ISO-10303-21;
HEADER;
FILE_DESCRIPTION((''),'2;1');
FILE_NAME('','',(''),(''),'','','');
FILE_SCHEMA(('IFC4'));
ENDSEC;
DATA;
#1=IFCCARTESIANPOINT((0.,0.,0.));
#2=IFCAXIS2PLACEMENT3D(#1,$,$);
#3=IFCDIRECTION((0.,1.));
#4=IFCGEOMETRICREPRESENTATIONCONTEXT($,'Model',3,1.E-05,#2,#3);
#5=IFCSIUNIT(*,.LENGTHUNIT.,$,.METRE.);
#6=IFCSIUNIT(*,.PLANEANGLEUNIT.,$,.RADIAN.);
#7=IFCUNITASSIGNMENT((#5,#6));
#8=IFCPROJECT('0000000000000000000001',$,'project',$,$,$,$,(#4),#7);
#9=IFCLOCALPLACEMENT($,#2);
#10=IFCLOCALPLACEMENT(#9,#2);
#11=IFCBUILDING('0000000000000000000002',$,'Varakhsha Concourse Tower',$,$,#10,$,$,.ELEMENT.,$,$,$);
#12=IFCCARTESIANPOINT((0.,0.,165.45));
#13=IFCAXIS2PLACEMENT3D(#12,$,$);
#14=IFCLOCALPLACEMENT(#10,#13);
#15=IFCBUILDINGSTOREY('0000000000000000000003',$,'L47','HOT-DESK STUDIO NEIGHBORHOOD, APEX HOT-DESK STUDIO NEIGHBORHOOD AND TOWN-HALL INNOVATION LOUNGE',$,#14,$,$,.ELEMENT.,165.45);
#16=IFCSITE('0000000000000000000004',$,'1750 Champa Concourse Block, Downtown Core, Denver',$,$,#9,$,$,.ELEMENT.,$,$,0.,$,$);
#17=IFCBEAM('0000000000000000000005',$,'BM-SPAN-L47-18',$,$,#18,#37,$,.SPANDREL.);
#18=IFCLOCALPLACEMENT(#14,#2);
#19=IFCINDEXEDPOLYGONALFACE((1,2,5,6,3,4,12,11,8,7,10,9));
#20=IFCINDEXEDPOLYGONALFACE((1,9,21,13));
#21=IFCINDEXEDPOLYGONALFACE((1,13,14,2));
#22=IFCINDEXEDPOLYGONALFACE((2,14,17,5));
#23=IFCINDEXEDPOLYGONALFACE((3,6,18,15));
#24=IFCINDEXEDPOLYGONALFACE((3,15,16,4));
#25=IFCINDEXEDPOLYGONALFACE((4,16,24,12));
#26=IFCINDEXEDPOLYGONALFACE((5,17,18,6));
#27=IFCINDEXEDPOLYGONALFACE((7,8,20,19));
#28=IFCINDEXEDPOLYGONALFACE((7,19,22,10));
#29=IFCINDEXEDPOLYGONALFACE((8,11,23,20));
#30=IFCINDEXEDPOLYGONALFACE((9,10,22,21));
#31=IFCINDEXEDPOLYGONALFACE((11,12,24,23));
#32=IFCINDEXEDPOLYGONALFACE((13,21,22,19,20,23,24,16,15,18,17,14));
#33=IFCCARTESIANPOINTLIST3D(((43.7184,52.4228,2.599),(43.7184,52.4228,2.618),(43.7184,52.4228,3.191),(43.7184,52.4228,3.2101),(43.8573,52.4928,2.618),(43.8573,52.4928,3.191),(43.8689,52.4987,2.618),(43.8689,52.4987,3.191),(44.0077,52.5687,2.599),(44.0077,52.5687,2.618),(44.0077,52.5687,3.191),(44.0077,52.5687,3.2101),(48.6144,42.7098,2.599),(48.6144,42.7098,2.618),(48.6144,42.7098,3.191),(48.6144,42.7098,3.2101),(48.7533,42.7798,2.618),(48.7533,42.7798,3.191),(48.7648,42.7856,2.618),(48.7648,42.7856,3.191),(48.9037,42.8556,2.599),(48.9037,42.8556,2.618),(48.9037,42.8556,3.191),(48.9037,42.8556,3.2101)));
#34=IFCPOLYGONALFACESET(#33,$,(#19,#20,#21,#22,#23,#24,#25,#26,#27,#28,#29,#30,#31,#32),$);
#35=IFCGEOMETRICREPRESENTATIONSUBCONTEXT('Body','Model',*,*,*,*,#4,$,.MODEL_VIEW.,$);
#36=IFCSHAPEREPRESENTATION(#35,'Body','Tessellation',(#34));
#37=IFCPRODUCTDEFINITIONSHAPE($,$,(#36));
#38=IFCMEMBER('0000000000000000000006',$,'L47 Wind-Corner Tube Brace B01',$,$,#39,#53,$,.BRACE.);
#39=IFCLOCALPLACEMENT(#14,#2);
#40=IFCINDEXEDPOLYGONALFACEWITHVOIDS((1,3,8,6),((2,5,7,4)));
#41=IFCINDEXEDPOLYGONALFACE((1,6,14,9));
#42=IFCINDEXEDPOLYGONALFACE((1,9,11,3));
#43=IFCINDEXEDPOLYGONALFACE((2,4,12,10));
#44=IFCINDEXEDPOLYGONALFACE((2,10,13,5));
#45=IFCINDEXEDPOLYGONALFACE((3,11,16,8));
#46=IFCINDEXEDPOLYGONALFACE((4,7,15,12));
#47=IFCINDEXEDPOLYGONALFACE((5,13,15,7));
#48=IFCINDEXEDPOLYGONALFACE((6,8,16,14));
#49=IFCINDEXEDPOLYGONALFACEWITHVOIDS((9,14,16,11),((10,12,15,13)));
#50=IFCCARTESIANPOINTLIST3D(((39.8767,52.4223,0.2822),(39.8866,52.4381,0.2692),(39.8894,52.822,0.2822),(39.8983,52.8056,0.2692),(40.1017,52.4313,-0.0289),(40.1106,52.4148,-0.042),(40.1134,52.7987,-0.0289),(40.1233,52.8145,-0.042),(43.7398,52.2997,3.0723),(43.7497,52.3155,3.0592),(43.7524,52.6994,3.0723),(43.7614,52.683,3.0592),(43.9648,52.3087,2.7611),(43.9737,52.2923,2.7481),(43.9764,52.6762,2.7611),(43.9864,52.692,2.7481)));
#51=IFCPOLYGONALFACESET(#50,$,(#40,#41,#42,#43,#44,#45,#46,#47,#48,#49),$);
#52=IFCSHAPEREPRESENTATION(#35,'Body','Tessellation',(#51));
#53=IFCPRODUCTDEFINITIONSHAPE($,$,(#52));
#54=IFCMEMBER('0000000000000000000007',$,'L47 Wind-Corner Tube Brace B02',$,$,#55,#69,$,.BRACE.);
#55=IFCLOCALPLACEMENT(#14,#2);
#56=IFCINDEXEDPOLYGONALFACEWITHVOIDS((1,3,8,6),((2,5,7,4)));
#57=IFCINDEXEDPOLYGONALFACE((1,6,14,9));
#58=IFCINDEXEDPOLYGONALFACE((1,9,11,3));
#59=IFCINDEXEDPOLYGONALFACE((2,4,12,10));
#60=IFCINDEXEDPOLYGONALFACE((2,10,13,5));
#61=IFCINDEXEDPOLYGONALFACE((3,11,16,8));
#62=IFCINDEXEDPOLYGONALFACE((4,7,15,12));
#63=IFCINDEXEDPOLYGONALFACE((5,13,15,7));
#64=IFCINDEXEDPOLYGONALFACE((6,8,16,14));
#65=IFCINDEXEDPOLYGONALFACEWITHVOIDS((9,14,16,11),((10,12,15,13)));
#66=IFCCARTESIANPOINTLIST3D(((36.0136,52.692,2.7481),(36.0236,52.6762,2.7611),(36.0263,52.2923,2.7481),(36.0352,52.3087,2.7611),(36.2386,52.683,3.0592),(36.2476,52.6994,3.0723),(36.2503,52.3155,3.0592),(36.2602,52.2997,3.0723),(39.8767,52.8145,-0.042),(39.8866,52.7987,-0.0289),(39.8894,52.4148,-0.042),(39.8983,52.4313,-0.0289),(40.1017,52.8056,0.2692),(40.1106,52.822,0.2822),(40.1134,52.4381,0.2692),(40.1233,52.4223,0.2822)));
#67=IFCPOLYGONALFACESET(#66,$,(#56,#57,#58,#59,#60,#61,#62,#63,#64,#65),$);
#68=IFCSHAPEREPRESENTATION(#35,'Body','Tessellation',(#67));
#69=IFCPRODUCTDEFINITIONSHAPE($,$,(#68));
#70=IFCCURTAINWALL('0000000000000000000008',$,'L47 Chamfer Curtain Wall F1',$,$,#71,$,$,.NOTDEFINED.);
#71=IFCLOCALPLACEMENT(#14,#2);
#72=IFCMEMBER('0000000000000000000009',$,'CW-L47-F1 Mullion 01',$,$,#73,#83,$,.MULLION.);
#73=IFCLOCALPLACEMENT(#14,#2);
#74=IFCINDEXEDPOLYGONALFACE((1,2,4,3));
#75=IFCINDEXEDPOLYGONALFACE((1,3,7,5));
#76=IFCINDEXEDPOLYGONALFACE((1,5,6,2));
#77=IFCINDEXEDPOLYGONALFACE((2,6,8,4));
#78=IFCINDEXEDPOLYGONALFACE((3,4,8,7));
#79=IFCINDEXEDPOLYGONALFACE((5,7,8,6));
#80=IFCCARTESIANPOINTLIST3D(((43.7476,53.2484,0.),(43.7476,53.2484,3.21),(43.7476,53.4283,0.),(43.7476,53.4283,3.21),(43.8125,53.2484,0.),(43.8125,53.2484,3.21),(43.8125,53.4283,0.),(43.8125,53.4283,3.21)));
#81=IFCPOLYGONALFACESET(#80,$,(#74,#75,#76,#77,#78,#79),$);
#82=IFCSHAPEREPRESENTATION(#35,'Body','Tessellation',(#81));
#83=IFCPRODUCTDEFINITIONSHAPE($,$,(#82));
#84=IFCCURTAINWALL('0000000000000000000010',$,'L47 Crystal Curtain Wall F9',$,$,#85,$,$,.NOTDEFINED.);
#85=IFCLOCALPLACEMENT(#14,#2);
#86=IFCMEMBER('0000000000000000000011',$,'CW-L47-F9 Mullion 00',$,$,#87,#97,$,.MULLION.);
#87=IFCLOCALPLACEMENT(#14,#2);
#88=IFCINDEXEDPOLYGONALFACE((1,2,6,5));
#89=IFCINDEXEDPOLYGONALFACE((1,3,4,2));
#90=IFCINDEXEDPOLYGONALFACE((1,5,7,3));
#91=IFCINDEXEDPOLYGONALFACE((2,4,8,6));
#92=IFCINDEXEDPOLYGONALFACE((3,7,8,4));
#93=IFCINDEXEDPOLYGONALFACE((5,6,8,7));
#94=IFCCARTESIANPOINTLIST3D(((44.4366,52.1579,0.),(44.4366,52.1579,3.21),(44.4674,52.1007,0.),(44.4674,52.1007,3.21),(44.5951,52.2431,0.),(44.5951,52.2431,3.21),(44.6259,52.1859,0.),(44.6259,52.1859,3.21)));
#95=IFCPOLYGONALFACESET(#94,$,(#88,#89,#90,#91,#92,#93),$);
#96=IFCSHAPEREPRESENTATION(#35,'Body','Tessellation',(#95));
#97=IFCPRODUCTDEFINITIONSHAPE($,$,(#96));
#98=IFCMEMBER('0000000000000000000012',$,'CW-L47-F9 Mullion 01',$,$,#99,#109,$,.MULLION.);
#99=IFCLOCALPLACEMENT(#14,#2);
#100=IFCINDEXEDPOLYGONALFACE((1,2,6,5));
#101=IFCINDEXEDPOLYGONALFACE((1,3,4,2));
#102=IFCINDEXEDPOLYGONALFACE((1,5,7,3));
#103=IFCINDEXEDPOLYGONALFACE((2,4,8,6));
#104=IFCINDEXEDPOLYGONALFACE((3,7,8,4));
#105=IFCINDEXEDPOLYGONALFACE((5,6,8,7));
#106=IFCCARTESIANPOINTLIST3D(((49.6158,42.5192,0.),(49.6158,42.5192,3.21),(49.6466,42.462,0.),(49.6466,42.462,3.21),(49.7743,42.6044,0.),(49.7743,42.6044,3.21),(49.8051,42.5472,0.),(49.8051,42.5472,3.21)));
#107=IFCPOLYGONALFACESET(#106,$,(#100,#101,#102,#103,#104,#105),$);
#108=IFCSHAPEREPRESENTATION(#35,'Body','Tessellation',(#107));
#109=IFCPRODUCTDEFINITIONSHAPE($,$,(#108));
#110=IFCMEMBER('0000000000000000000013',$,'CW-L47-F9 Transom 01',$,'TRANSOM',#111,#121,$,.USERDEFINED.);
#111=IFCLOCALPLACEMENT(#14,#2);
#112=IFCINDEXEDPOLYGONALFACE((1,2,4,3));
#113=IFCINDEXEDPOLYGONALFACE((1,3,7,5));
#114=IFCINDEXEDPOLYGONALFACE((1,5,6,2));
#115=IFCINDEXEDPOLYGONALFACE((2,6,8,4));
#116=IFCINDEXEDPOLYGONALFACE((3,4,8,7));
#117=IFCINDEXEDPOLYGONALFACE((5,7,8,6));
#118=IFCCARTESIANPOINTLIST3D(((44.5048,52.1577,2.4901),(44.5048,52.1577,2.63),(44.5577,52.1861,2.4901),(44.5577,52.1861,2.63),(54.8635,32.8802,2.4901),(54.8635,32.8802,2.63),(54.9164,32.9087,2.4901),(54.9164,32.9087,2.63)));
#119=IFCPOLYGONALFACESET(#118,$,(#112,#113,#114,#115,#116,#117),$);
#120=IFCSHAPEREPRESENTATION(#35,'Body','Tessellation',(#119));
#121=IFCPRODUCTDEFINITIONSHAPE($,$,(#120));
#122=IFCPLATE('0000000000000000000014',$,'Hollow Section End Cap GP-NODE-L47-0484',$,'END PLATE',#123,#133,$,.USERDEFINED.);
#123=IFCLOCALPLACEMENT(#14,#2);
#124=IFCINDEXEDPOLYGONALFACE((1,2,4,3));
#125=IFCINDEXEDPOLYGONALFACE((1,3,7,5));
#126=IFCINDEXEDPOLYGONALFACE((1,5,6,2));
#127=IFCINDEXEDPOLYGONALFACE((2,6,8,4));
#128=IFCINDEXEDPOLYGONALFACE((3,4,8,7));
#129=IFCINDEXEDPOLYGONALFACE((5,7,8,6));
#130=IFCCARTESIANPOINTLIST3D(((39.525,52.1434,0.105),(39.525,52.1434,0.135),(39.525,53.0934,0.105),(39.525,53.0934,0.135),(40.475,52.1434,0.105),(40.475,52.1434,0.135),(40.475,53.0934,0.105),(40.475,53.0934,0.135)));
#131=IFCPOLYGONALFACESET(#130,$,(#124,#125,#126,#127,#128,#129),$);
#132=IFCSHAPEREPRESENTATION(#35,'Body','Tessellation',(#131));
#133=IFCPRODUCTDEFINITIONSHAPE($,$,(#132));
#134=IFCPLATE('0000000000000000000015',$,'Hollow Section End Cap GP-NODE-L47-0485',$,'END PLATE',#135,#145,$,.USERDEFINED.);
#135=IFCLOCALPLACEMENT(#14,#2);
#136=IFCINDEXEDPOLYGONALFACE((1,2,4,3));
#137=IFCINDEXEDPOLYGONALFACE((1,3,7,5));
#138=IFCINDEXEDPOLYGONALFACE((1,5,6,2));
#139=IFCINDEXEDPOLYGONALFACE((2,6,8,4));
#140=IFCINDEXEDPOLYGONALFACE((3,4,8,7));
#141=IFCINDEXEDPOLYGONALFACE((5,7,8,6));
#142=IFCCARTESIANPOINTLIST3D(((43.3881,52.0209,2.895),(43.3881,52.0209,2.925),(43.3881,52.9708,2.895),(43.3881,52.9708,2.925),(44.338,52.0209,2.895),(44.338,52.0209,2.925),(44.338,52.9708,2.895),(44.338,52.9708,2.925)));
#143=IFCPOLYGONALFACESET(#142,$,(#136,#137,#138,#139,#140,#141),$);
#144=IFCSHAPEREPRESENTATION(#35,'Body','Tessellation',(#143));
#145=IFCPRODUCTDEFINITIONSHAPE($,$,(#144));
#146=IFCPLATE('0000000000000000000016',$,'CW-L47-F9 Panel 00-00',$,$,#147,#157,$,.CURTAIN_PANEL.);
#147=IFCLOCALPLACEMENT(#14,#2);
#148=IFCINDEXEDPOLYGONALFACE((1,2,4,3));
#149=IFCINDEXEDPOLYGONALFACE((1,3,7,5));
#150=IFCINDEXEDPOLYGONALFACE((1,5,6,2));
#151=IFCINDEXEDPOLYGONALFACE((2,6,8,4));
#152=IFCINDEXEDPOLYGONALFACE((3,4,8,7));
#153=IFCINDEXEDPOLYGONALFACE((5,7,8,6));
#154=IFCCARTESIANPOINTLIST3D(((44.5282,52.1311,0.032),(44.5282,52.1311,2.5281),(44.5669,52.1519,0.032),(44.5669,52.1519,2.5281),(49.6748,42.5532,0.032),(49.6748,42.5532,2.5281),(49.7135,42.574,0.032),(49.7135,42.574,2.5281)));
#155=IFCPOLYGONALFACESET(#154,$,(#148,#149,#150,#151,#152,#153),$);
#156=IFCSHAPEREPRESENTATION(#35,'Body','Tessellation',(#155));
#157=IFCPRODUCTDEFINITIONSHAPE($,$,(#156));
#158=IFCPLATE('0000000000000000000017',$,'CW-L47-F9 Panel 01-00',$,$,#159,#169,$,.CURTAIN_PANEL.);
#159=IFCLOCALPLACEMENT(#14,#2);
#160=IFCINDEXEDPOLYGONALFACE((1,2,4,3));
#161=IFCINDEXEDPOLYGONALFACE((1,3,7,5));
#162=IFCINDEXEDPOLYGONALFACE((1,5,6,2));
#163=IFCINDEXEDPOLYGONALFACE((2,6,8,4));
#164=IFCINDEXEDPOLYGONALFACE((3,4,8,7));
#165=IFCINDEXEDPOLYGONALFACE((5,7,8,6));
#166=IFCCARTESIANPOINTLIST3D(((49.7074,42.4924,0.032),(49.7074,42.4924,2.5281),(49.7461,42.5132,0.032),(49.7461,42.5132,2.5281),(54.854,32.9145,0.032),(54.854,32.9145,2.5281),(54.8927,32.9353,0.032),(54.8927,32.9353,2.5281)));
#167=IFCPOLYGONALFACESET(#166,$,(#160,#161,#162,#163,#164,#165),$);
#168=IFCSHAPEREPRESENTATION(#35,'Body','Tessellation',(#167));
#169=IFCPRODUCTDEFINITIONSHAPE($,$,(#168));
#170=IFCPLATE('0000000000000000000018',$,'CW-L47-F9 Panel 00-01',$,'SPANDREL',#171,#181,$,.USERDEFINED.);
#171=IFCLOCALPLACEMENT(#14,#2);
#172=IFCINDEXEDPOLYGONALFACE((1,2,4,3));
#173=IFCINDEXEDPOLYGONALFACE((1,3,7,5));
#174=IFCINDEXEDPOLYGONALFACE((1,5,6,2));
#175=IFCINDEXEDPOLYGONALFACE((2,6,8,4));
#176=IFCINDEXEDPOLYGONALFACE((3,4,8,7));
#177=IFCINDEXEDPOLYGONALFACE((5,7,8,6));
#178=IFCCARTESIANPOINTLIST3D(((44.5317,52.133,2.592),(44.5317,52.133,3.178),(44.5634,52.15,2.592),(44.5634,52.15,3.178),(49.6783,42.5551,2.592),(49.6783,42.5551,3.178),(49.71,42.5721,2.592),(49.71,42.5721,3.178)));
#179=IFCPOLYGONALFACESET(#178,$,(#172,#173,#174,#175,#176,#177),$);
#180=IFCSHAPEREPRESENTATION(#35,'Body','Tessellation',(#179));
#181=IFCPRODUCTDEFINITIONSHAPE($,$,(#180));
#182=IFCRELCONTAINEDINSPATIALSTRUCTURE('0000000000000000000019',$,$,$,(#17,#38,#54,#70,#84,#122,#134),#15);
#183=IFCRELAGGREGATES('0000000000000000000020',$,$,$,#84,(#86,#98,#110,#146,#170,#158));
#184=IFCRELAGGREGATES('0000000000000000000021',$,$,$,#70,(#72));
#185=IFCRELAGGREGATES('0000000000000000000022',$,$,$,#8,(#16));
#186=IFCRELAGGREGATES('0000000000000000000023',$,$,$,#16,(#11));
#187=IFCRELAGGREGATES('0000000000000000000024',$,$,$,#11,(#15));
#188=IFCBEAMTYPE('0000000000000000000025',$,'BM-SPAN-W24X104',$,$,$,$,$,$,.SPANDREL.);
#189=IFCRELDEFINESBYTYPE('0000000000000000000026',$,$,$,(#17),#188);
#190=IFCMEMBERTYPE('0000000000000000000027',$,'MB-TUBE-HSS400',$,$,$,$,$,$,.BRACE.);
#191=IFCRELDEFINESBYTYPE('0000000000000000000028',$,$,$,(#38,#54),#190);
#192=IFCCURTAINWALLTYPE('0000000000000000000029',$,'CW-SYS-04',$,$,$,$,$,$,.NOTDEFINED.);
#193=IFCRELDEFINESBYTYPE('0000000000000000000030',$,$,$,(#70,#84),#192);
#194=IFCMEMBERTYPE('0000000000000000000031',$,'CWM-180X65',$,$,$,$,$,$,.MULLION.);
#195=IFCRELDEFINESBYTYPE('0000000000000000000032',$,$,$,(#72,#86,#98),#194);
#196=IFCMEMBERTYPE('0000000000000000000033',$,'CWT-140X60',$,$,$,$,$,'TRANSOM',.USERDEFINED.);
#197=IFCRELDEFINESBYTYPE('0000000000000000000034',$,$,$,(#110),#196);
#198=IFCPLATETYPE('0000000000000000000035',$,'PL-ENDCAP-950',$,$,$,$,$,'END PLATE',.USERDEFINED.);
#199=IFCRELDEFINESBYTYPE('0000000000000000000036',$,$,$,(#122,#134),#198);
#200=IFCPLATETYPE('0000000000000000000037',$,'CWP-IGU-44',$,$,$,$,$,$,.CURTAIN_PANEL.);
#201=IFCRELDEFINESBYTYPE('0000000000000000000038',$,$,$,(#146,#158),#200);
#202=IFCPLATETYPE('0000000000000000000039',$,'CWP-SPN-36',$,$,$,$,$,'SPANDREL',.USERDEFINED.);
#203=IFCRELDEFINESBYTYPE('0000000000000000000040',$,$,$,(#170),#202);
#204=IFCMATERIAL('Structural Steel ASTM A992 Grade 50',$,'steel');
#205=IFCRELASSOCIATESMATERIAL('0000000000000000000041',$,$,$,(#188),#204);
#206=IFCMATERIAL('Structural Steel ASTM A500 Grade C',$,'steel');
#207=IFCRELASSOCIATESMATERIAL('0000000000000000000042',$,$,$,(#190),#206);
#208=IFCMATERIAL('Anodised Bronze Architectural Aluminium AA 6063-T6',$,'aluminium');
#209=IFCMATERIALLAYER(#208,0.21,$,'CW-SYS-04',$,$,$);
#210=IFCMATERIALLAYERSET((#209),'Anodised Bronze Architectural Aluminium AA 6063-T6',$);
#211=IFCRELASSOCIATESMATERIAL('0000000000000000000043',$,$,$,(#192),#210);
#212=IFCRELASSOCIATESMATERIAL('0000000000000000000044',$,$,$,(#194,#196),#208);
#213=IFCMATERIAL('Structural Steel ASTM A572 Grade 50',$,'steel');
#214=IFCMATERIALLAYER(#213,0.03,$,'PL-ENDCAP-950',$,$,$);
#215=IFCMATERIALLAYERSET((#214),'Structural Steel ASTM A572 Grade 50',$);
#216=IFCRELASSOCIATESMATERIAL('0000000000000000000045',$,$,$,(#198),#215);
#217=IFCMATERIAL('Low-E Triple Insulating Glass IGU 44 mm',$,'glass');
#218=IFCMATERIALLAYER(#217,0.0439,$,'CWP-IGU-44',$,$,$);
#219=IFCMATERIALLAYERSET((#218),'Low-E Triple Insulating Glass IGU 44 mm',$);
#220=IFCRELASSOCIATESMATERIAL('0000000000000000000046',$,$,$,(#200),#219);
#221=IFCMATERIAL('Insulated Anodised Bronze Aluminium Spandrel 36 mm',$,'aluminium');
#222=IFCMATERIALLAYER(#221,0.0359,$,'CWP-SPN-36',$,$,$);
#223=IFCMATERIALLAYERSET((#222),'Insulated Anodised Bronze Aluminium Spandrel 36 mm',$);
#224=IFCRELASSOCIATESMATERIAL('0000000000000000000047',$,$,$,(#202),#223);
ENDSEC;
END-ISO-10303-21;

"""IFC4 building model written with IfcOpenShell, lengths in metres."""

from ifc_helpers import new_model, si_unit, direction, frame, origin, origin_2d, place, context, subcontext, project, spatial, rectangle, hollow_rectangle, i_section, extrude, source, transform, mapped, material, layer, layer_set, material_profile, profile_set, type_object, type_shapes, element, aggregate, save


model = new_model("IFC4")

# Units and contexts
model_context = context("Model", 3, precision=1e-05, world=origin(), true_north=direction((0.0, 1.0)))
body_context = subcontext(model_context, "Body", "Model", "MODEL_VIEW")
ifc_project = project(units=[si_unit("LENGTHUNIT", "METRE"), si_unit("PLANEANGLEUNIT", "RADIAN")], contexts=[model_context])

# Site, building, storey
site_placement = place(None, origin())
site = spatial("IfcSite", under=ifc_project, at=site_placement, Name="1750 Champa Concourse Block, Downtown Core, Denver", CompositionType="ELEMENT", RefElevation=0.0)
building_placement = place(site_placement, origin())
building = spatial("IfcBuilding", under=site, at=building_placement, Name="Varakhsha Concourse Tower", CompositionType="ELEMENT")
storey_placement = place(building_placement, frame((0.0, 0.0, 165.45)))
storey = spatial("IfcBuildingStorey", under=building, at=storey_placement, Name="L47", Description="HOT-DESK STUDIO NEIGHBORHOOD, APEX HOT-DESK STUDIO NEIGHBORHOOD AND TOWN-HALL INNOVATION LOUNGE", CompositionType="ELEMENT", Elevation=165.45)

# Shared definitions
ifc_material_1 = material(Name="Structural Steel ASTM A992 Grade 50", Category="steel")
ifc_material_2 = material(Name="Structural Steel ASTM A572 Grade 50", Category="steel")

# Beam
ifc_material_profile_1 = material_profile(ifc_material_1, i_section(OverallWidth=0.324, OverallDepth=0.6111, WebThickness=0.0129, FlangeThickness=0.019, at=origin_2d()), Name="W24X104")
ifc_profile_set_1 = profile_set([ifc_material_profile_1], Name="Structural Steel ASTM A992 Grade 50")
beam_type_1 = type_object("IfcBeamType", Name="BM-SPAN-W24X104", PredefinedType="SPANDREL", material=ifc_profile_set_1)
beam_1_placement = place(storey_placement, frame((48.759, 42.7827, 2.9045), z_axis=(-0.450111, 0.892973, 0.0), x_axis=(-0.892973, -0.450111, 0.0)))
element("IfcBeam", 1, at=beam_1_placement, inside=storey, type_object=beam_type_1, Name="BM-SPAN-L47-18", PredefinedType="SPANDREL", context=body_context, shape_type="SweptSolid", body=[
    extrude(i_section(OverallWidth=0.324, OverallDepth=0.6111, WebThickness=0.0129, FlangeThickness=0.019, at=origin_2d()), origin(), (0.0, 0.0, 1.0), 10.8772),
])

# Members
ifc_material_3 = material(Name="Structural Steel ASTM A500 Grade C", Category="steel")
ifc_material_profile_2 = material_profile(ifc_material_3, hollow_rectangle(XDim=0.3999, YDim=0.3999, WallThickness=0.0161, at=origin_2d()), Name="HSS 400x400x16")
ifc_profile_set_2 = profile_set([ifc_material_profile_2], Name="Structural Steel ASTM A500 Grade C")
member_type_1 = type_object("IfcMemberType", Name="MB-TUBE-HSS400", PredefinedType="BRACE", material=ifc_profile_set_2)
shared_shape_1 = source(origin(), body_context, "Body", "SweptSolid", [
    extrude(hollow_rectangle(XDim=0.3999, YDim=0.3999, WallThickness=0.0161, at=origin_2d()), origin(), (0.0, 0.0, 1.0), 4.7668),
])
type_shapes(member_type_1, [shared_shape_1])
for number, where, z_axis, x_axis, name in (
    (2, (40.0, 52.6184, 0.1201), (0.810404, -0.025711, 0.585306), (0.03171, 0.999497, 0.0), "L47 Wind-Corner Tube Brace B01"),
    (3, (40.0, 52.6184, 0.1201), (-0.810404, -0.025711, 0.585306), (0.03171, -0.999497, 0.0), "L47 Wind-Corner Tube Brace B02"),
):
    element("IfcMember", number, at=place(storey_placement, frame(where, z_axis=z_axis, x_axis=x_axis)), inside=storey, type_object=member_type_1, Name=name, PredefinedType="BRACE", context=body_context, shape_type="MappedRepresentation", body=[
        mapped(shared_shape_1, transform((0.0, 0.0, 0.0), scale=1.0)),
    ])

# Curtain wall, member
ifc_material_4 = material(Name="Anodised Bronze Architectural Aluminium AA 6063-T6", Category="aluminium")
ifc_layer_1 = layer(ifc_material_4, 0.21, Name="CW-SYS-04")
ifc_layer_set_1 = layer_set([ifc_layer_1], Name="Anodised Bronze Architectural Aluminium AA 6063-T6")
curtain_wall_type = type_object("IfcCurtainWallType", Name="CW-SYS-04", PredefinedType="NOTDEFINED", material=ifc_layer_set_1)
curtain_wall_1_placement = place(storey_placement, origin())
curtain_wall_1 = element("IfcCurtainWall", 4, at=curtain_wall_1_placement, inside=storey, type_object=curtain_wall_type, Name="L47 Chamfer Curtain Wall F1", PredefinedType="NOTDEFINED")
ifc_material_profile_3 = material_profile(ifc_material_4, rectangle(XDim=0.0649, YDim=0.1799, at=origin_2d()), Name="CWM-180X65")
ifc_profile_set_3 = profile_set([ifc_material_profile_3], Name="Anodised Bronze Architectural Aluminium AA 6063-T6")
member_type_2 = type_object("IfcMemberType", Name="CWM-180X65", PredefinedType="MULLION", material=ifc_profile_set_3)
shared_shape_2 = source(origin(), body_context, "Body", "SweptSolid", [
    extrude(rectangle(XDim=0.0649, YDim=0.1799, at=origin_2d()), origin(), (0.0, 0.0, 1.0), 3.21),
])
type_shapes(member_type_2, [shared_shape_2])
member_1_placement = place(storey_placement, frame((43.78, 53.3384, 0.0), z_axis=(0.0, 0.0, 1.0), x_axis=(1.0, 0.0, 0.0)))
member_1 = element("IfcMember", 5, at=member_1_placement, type_object=member_type_2, Name="CW-L47-F1 Mullion 01", PredefinedType="MULLION", context=body_context, shape_type="MappedRepresentation", body=[
    mapped(shared_shape_2, transform((0.0, 0.0, 0.0), scale=1.0)),
])

# Curtain wall, members
curtain_wall_2_placement = place(storey_placement, origin())
curtain_wall_2 = element("IfcCurtainWall", 6, at=curtain_wall_2_placement, inside=storey, type_object=curtain_wall_type, Name="L47 Crystal Curtain Wall F9", PredefinedType="NOTDEFINED")
member_2_placement = place(storey_placement, frame((44.5312, 52.1719, 0.0), z_axis=(0.0, 0.0, 1.0), x_axis=(0.473337, -0.880882, 0.0)))
member_2 = element("IfcMember", 7, at=member_2_placement, type_object=member_type_2, Name="CW-L47-F9 Mullion 00", PredefinedType="MULLION", context=body_context, shape_type="MappedRepresentation", body=[
    mapped(shared_shape_2, transform((0.0, 0.0, 0.0), scale=1.0)),
])
member_3_placement = place(storey_placement, frame((49.7104, 42.5332, 0.0), z_axis=(0.0, 0.0, 1.0), x_axis=(0.473337, -0.880882, 0.0)))
member_3 = element("IfcMember", 8, at=member_3_placement, type_object=member_type_2, Name="CW-L47-F9 Mullion 01", PredefinedType="MULLION", context=body_context, shape_type="MappedRepresentation", body=[
    mapped(shared_shape_2, transform((0.0, 0.0, 0.0), scale=1.0)),
])
ifc_material_profile_4 = material_profile(ifc_material_4, rectangle(XDim=0.0601, YDim=0.1399, at=origin_2d()), Name="CWT-140X60")
ifc_profile_set_4 = profile_set([ifc_material_profile_4], Name="Anodised Bronze Architectural Aluminium AA 6063-T6")
member_type_3 = type_object("IfcMemberType", Name="CWT-140X60", ElementType="TRANSOM", PredefinedType="USERDEFINED", material=ifc_profile_set_4)
shared_shape_3 = source(origin(), body_context, "Body", "SweptSolid", [
    extrude(rectangle(XDim=0.0601, YDim=0.1399, at=origin_2d()), origin(), (0.0, 0.0, 1.0), 21.8843),
])
type_shapes(member_type_3, [shared_shape_3])
member_4_placement = place(storey_placement, frame((44.5312, 52.1719, 2.5601), z_axis=(0.473339, -0.88088, 0.0), x_axis=(0.88088, 0.473339, 0.0)))
member_4 = element("IfcMember", 9, at=member_4_placement, type_object=member_type_3, Name="CW-L47-F9 Transom 01", ObjectType="TRANSOM", PredefinedType="USERDEFINED", context=body_context, shape_type="MappedRepresentation", body=[
    mapped(shared_shape_3, transform((0.0, 0.0, 0.0), scale=1.0)),
])

# Plates
ifc_layer_2 = layer(ifc_material_2, 0.03, Name="PL-ENDCAP-950")
ifc_layer_set_2 = layer_set([ifc_layer_2], Name="Structural Steel ASTM A572 Grade 50")
plate_type_1 = type_object("IfcPlateType", Name="PL-ENDCAP-950", ElementType="END PLATE", PredefinedType="USERDEFINED", material=ifc_layer_set_2)
shared_shape_4 = source(origin(), body_context, "Body", "SweptSolid", [
    extrude(rectangle(XDim=0.95, YDim=0.95, at=origin_2d()), origin(), (0.0, 0.0, 1.0), 0.03),
])
type_shapes(plate_type_1, [shared_shape_4])
for number, where, z_axis, x_axis, name in (
    (10, (40.0, 52.6184, 0.105), (0.0, 0.0, 1.0), (1.0, 0.0, 0.0), "Hollow Section End Cap GP-NODE-L47-0484"),
    (11, (43.863, 52.4958, 2.895), (0.0, 0.0, 1.0), (1.0, 0.0, 0.0), "Hollow Section End Cap GP-NODE-L47-0485"),
):
    element("IfcPlate", number, at=place(storey_placement, frame(where, z_axis=z_axis, x_axis=x_axis)), inside=storey, type_object=plate_type_1, Name=name, ObjectType="END PLATE", PredefinedType="USERDEFINED", context=body_context, shape_type="MappedRepresentation", body=[
        mapped(shared_shape_4, transform((0.0, 0.0, 0.0), scale=1.0)),
    ])

# Plates
ifc_material_5 = material(Name="Low-E Triple Insulating Glass IGU 44 mm", Category="glass")
ifc_layer_3 = layer(ifc_material_5, 0.0439, Name="CWP-IGU-44")
ifc_layer_set_3 = layer_set([ifc_layer_3], Name="Low-E Triple Insulating Glass IGU 44 mm")
plate_type_2 = type_object("IfcPlateType", Name="CWP-IGU-44", PredefinedType="CURTAIN_PANEL", material=ifc_layer_set_3)
shared_shape_5 = source(origin(), body_context, "Body", "SweptSolid", [
    extrude(rectangle(XDim=10.873, YDim=0.0439, at=origin_2d()), origin(), (0.0, 0.0, 1.0), 2.4961),
])
type_shapes(plate_type_2, [shared_shape_5])
plate_1_placement = place(storey_placement, frame((47.1208, 47.3525, 0.032), z_axis=(0.0, 0.0, 1.0), x_axis=(0.473337, -0.880882, 0.0)))
plate_1 = element("IfcPlate", 12, at=plate_1_placement, type_object=plate_type_2, Name="CW-L47-F9 Panel 00-00", PredefinedType="CURTAIN_PANEL", context=body_context, shape_type="MappedRepresentation", body=[
    mapped(shared_shape_5, transform((0.0, 0.0, 0.0), scale=1.0)),
])
plate_2_placement = place(storey_placement, frame((52.3, 37.7139, 0.032), z_axis=(0.0, 0.0, 1.0), x_axis=(0.473337, -0.880882, 0.0)))
plate_2 = element("IfcPlate", 13, at=plate_2_placement, type_object=plate_type_2, Name="CW-L47-F9 Panel 01-00", PredefinedType="CURTAIN_PANEL", context=body_context, shape_type="MappedRepresentation", body=[
    mapped(shared_shape_5, transform((0.0, 0.0, 0.0), scale=1.0)),
])
ifc_material_6 = material(Name="Insulated Anodised Bronze Aluminium Spandrel 36 mm", Category="aluminium")
ifc_layer_4 = layer(ifc_material_6, 0.0359, Name="CWP-SPN-36")
ifc_layer_set_4 = layer_set([ifc_layer_4], Name="Insulated Anodised Bronze Aluminium Spandrel 36 mm")
plate_type_3 = type_object("IfcPlateType", Name="CWP-SPN-36", ElementType="SPANDREL", PredefinedType="USERDEFINED", material=ifc_layer_set_4)
shared_shape_6 = source(origin(), body_context, "Body", "SweptSolid", [
    extrude(rectangle(XDim=10.873, YDim=0.0359, at=origin_2d()), origin(), (0.0, 0.0, 1.0), 0.5859),
])
plate_3_placement = place(storey_placement, frame((47.1208, 47.3525, 2.592), z_axis=(0.0, 0.0, 1.0), x_axis=(0.473337, -0.880882, 0.0)))
plate_3 = element("IfcPlate", 14, at=plate_3_placement, type_object=plate_type_3, Name="CW-L47-F9 Panel 00-01", ObjectType="SPANDREL", PredefinedType="USERDEFINED", context=body_context, shape_type="MappedRepresentation", body=[
    mapped(shared_shape_6, transform((0.0, 0.0, 0.0), scale=1.0)),
])
aggregate(curtain_wall_2, [member_2, member_3, member_4, plate_1, plate_3, plate_2])
aggregate(curtain_wall_1, [member_1])

save(model, "model.ifc")
